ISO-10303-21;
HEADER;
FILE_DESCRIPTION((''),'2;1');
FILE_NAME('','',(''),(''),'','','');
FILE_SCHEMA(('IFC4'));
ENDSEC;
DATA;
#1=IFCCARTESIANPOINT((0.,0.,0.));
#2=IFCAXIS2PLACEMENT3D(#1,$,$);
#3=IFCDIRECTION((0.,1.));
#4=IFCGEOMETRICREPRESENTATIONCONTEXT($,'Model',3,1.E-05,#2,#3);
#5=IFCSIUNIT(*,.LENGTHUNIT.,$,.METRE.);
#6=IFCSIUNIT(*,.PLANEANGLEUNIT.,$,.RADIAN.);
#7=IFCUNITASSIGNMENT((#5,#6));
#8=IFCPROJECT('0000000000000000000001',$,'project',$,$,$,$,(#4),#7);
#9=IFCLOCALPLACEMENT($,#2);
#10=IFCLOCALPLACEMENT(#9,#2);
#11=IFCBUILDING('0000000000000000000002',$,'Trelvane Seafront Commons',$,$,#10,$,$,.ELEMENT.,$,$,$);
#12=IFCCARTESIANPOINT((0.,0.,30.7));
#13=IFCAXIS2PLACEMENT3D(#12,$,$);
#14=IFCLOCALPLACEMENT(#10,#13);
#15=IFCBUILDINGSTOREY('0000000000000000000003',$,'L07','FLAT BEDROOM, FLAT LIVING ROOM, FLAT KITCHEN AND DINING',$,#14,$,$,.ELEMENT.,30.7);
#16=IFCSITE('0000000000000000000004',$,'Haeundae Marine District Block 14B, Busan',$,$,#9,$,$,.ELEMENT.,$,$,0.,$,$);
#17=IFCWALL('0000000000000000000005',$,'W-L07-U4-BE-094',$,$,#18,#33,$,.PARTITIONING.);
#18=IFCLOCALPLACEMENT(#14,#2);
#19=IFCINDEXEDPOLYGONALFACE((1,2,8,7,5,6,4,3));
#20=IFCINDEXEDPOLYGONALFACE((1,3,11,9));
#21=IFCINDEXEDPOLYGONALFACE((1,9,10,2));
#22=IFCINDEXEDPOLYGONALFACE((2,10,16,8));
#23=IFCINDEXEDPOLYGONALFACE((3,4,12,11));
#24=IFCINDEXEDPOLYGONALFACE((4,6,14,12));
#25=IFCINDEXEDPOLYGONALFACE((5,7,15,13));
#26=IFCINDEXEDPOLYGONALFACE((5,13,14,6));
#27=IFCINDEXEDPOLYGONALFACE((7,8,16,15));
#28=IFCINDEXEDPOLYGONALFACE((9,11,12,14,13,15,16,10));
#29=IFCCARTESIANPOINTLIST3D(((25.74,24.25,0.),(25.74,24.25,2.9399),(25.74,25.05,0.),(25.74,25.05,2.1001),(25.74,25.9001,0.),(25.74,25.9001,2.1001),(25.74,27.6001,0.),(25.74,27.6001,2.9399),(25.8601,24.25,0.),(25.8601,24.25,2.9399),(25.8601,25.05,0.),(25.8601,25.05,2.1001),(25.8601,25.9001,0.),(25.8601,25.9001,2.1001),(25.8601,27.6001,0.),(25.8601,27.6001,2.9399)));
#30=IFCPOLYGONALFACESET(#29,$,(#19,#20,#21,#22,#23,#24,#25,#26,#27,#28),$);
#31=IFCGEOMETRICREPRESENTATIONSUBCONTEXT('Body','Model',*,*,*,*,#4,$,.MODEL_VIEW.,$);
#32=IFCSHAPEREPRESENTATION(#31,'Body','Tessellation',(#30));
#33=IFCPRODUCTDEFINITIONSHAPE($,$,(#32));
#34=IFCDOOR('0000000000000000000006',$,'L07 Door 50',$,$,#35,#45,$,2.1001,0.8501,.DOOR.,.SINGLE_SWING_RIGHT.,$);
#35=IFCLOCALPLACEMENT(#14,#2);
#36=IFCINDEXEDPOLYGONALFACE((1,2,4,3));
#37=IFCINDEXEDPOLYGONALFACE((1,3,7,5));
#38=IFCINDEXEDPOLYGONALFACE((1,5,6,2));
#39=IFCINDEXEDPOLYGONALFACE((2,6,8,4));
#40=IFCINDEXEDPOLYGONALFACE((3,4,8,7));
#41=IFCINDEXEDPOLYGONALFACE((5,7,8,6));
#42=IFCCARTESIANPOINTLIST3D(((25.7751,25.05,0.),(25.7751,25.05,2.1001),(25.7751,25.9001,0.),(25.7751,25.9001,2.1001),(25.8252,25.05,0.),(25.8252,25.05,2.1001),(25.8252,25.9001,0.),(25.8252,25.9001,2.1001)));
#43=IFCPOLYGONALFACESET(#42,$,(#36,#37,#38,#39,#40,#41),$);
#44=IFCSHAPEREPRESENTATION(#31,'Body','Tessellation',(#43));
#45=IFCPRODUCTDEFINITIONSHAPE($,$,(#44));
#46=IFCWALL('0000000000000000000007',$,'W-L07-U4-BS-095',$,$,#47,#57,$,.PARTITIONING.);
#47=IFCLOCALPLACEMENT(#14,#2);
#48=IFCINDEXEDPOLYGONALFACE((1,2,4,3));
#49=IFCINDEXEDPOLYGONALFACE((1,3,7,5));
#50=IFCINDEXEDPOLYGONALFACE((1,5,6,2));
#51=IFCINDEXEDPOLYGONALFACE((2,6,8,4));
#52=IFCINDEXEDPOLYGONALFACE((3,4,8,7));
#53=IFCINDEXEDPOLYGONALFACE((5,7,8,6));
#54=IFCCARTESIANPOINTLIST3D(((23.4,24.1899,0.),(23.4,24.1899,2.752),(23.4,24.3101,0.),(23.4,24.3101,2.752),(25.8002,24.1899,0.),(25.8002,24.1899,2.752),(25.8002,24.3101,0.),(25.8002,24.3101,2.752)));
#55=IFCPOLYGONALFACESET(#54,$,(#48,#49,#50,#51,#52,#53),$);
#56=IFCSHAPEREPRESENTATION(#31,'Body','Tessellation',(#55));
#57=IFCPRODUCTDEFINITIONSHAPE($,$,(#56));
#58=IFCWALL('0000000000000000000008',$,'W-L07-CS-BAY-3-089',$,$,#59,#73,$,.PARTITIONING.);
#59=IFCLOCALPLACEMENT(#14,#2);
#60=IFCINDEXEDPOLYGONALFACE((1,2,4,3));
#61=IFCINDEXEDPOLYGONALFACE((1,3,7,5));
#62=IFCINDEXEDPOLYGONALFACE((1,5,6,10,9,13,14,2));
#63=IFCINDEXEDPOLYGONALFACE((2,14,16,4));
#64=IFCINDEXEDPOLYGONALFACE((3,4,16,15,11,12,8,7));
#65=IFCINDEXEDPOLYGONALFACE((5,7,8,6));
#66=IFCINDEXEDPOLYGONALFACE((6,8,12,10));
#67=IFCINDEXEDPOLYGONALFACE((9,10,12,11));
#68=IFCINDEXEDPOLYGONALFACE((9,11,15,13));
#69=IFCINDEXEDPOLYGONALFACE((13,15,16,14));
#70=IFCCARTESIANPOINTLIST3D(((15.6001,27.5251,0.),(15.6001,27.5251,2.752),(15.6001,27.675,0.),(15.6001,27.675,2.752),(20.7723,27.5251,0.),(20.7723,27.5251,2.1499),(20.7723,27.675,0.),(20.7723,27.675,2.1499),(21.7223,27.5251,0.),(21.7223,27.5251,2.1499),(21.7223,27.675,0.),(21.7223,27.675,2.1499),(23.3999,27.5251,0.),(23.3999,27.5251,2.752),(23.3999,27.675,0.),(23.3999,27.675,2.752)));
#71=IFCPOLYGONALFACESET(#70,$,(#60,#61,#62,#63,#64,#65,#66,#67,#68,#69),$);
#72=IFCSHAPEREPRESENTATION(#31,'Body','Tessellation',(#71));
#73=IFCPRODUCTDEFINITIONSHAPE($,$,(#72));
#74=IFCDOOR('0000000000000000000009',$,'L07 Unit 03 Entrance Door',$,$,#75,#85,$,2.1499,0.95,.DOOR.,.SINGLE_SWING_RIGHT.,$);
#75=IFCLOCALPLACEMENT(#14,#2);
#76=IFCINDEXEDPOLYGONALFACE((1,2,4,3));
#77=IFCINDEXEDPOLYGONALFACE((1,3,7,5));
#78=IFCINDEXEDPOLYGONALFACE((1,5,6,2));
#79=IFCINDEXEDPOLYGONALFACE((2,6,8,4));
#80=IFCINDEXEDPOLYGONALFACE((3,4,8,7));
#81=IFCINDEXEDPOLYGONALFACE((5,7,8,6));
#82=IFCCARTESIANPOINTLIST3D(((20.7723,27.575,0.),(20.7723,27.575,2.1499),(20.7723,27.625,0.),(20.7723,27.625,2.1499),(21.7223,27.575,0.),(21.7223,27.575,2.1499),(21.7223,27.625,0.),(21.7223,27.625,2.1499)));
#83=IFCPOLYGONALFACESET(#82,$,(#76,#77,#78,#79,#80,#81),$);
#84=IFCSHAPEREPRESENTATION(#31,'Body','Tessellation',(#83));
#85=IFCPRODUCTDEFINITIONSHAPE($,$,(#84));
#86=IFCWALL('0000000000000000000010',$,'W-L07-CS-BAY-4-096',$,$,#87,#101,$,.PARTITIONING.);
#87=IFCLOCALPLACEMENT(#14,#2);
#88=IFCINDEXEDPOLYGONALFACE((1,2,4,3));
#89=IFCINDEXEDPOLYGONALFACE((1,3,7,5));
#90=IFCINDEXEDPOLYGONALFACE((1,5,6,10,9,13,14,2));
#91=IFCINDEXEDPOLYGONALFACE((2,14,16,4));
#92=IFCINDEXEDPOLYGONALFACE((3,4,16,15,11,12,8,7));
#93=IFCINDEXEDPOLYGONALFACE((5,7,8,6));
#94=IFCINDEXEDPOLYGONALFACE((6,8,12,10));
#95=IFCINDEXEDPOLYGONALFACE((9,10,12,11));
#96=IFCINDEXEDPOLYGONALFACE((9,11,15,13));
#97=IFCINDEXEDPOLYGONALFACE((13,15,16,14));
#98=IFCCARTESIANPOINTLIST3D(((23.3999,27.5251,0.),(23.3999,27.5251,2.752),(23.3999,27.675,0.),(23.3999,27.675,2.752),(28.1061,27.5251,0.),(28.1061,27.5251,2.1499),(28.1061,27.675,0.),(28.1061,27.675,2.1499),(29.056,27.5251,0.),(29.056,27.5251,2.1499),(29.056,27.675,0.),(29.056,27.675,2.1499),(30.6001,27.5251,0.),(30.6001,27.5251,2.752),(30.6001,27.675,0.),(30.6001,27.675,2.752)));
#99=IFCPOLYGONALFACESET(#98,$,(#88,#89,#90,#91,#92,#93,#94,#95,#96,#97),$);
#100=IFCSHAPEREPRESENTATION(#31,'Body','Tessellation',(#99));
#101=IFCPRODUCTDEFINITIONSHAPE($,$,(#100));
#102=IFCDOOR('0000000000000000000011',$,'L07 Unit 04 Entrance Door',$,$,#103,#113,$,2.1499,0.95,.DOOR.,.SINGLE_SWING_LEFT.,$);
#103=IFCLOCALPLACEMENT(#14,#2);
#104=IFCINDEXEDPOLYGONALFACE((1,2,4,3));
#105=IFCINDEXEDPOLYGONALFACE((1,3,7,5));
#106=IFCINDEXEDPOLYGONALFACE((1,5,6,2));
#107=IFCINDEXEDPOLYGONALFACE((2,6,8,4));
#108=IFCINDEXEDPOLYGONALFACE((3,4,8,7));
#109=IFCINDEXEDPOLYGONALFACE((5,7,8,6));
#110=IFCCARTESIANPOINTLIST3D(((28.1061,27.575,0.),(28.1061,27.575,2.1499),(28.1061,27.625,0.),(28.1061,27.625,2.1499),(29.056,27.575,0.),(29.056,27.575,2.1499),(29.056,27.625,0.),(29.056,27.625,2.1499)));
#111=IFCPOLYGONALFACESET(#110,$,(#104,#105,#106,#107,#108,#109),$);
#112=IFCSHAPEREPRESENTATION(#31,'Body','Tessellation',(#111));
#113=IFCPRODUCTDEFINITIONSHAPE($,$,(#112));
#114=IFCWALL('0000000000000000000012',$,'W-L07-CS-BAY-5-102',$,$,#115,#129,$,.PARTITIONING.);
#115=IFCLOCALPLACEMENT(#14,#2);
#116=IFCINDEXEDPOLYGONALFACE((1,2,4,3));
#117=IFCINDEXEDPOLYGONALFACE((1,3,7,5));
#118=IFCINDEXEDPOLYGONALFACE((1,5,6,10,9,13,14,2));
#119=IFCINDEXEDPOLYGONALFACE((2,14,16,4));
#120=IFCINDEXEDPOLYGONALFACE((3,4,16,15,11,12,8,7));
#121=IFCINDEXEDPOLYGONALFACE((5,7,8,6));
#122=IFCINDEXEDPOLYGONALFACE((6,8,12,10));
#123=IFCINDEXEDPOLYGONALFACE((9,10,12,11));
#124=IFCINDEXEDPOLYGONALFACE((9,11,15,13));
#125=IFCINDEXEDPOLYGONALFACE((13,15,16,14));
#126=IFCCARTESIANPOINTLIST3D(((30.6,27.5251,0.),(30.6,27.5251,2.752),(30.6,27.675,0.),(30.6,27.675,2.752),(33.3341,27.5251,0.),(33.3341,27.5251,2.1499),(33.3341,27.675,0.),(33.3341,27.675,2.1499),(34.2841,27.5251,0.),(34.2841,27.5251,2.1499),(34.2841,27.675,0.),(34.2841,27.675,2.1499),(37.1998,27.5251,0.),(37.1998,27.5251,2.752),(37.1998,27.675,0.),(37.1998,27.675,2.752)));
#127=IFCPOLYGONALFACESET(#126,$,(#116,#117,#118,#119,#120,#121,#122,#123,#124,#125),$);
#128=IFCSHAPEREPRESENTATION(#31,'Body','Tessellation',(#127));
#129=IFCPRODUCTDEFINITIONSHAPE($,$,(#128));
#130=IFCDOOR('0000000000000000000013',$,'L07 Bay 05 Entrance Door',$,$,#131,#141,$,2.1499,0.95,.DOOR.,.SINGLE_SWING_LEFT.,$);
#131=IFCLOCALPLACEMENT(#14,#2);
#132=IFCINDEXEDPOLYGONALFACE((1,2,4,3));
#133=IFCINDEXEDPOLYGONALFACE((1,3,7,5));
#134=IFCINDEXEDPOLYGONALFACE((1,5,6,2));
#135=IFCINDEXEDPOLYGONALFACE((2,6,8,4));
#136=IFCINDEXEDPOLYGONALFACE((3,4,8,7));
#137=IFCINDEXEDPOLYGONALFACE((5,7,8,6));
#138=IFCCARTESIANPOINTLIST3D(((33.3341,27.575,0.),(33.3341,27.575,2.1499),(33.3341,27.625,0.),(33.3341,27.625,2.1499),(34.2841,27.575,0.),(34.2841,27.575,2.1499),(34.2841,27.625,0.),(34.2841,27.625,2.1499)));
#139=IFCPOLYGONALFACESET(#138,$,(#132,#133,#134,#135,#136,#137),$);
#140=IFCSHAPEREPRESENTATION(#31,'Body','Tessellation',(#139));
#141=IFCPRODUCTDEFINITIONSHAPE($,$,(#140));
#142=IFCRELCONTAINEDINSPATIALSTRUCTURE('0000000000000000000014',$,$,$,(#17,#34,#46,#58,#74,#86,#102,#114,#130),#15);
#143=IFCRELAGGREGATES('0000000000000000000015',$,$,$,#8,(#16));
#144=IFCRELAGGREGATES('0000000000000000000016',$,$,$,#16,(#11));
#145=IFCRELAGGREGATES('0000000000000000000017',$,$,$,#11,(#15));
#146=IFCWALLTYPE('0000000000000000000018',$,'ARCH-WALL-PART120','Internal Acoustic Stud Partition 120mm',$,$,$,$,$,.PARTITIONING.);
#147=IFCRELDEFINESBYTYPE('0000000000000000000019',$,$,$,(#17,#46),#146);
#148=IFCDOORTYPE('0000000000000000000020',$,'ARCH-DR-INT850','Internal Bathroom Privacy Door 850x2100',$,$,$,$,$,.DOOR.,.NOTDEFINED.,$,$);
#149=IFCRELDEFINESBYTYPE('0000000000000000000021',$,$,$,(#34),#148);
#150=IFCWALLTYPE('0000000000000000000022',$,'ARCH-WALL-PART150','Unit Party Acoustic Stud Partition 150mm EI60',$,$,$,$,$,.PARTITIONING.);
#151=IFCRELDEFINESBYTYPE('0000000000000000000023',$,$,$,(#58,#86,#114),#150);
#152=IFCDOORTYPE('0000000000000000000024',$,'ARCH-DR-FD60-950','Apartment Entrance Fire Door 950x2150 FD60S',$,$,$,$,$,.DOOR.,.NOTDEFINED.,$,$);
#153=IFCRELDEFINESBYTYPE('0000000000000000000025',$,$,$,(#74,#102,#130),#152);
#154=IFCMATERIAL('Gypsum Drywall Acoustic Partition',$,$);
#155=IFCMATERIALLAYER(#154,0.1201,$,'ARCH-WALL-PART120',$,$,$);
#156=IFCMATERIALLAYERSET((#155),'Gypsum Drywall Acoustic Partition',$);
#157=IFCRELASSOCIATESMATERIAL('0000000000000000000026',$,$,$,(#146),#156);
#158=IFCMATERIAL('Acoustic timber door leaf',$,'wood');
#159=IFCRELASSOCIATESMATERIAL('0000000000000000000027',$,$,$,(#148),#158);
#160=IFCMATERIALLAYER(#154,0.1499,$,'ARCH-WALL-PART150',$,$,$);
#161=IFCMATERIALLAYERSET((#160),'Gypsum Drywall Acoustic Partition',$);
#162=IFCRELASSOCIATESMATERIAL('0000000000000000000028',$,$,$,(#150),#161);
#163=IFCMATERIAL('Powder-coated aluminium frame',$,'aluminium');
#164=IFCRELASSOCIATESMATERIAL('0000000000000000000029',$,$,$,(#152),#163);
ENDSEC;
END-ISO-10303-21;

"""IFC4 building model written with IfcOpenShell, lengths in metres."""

from ifc_helpers import new_model, si_unit, direction, frame, frame_2d, origin, place, context, subcontext, project, spatial, rectangle, extrude, source, transform, mapped, material, layer, layer_set, type_object, element, fill, save


model = new_model("IFC4")

# Units and contexts
model_context = context("Model", 3, precision=1e-05, world=origin(), true_north=direction((0.0, 1.0)))
body_context = subcontext(model_context, "Body", "Model", "MODEL_VIEW")
ifc_project = project(units=[si_unit("LENGTHUNIT", "METRE"), si_unit("PLANEANGLEUNIT", "RADIAN")], contexts=[model_context])

# Site, building, storey
site_placement = place(None, origin())
site = spatial("IfcSite", under=ifc_project, at=site_placement, Name="Haeundae Marine District Block 14B, Busan", CompositionType="ELEMENT", RefElevation=0.0)
building_placement = place(site_placement, origin())
building = spatial("IfcBuilding", under=site, at=building_placement, Name="Trelvane Seafront Commons", CompositionType="ELEMENT")
storey_placement = place(building_placement, frame((0.0, 0.0, 30.7)))
storey = spatial("IfcBuildingStorey", under=building, at=storey_placement, Name="L07", Description="FLAT BEDROOM, FLAT LIVING ROOM, FLAT KITCHEN AND DINING", CompositionType="ELEMENT", Elevation=30.7)

# Shared definitions
ifc_material_1 = material(Name="Gypsum Drywall Acoustic Partition")
ifc_layer_1 = layer(ifc_material_1, 0.1201, Name="ARCH-WALL-PART120")
ifc_layer_set_1 = layer_set([ifc_layer_1], Name="Gypsum Drywall Acoustic Partition")
wall_type_1 = type_object("IfcWallType", Name="ARCH-WALL-PART120", Description="Internal Acoustic Stud Partition 120mm", PredefinedType="PARTITIONING", material=ifc_layer_set_1)
ifc_material_2 = material(Name="Acoustic timber door leaf", Category="wood")
shared_shape_1 = source(origin(), body_context, "Body", "SweptSolid", [
    extrude(rectangle(XDim=0.95, YDim=2.1499, at=frame_2d((0.4751, 1.075))), frame((0.0, 0.0249, 0.0), z_axis=(0.0, -1.0, 0.0), x_axis=(1.0, 0.0, 0.0)), (0.0, 0.0, 1.0), 0.05),
])

# Wall, opening, door
door_type_1 = type_object("IfcDoorType", Name="ARCH-DR-INT850", Description="Internal Bathroom Privacy Door 850x2100", OperationType="NOTDEFINED", PredefinedType="DOOR", material=ifc_material_2)
shared_shape_2 = source(origin(), body_context, "Body", "SweptSolid", [
    extrude(rectangle(XDim=0.8501, YDim=2.1001, at=frame_2d((0.425, 1.05))), frame((0.0, 0.0249, 0.0), z_axis=(0.0, -1.0, 0.0), x_axis=(1.0, 0.0, 0.0)), (0.0, 0.0, 1.0), 0.05),
])
wall_1_placement = place(storey_placement, frame((25.8, 24.25, 0.0), z_axis=(0.0, 0.0, 1.0), x_axis=(0.0, 1.0, 0.0)))
wall_1 = element("IfcWall", 1, at=wall_1_placement, inside=storey, type_object=wall_type_1, Name="W-L07-U4-BE-094", PredefinedType="PARTITIONING", context=body_context, shape_type="SweptSolid", body=[
    extrude(rectangle(XDim=3.3501, YDim=0.1201, at=frame_2d((1.675, 0.0))), origin(), (0.0, 0.0, 1.0), 2.9399),
])
opening_1_placement = place(wall_1_placement, frame((0.8, 0.0, 0.0)))
opening_1 = element("IfcOpeningElement", 2, at=opening_1_placement, cuts=wall_1, PredefinedType="OPENING", context=body_context, shape_type="SweptSolid", body=[
    extrude(rectangle(XDim=0.8501, YDim=2.1001, at=frame_2d((0.425, 1.05))), frame((0.0, 0.0701, 0.0), z_axis=(0.0, -1.0, 0.0), x_axis=(1.0, 0.0, 0.0)), (0.0, 0.0, 1.0), 0.1401),
])
door_1_placement = place(opening_1_placement, origin())
door_1 = element("IfcDoor", 3, at=door_1_placement, inside=storey, type_object=door_type_1, Name="L07 Door 50", OperationType="SINGLE_SWING_RIGHT", OverallHeight=2.1001, OverallWidth=0.8501, PredefinedType="DOOR", context=body_context, shape_type="MappedRepresentation", body=[
    mapped(shared_shape_2, transform((0.0, 0.0, 0.0), x_axis=(1.0, 0.0, 0.0), y_axis=(0.0, 1.0, 0.0), z_axis=(0.0, 0.0, 1.0), scale=1.0)),
])
fill(opening_1, door_1)

# Wall
wall_2_placement = place(storey_placement, frame((23.3999, 24.25, 0.0), z_axis=(0.0, 0.0, 1.0), x_axis=(1.0, 0.0, 0.0)))
element("IfcWall", 4, at=wall_2_placement, inside=storey, type_object=wall_type_1, Name="W-L07-U4-BS-095", PredefinedType="PARTITIONING", context=body_context, shape_type="SweptSolid", body=[
    extrude(rectangle(XDim=2.4001, YDim=0.1201, at=frame_2d((1.2002, 0.0))), origin(), (0.0, 0.0, 1.0), 2.752),
])

# Walls, openings, doors
ifc_layer_2 = layer(ifc_material_1, 0.1499, Name="ARCH-WALL-PART150")
ifc_layer_set_2 = layer_set([ifc_layer_2], Name="Gypsum Drywall Acoustic Partition")
wall_type_2 = type_object("IfcWallType", Name="ARCH-WALL-PART150", Description="Unit Party Acoustic Stud Partition 150mm EI60", PredefinedType="PARTITIONING", material=ifc_layer_set_2)
wall_3_placement = place(storey_placement, frame((15.6001, 27.6001, 0.0), z_axis=(0.0, 0.0, 1.0), x_axis=(1.0, 0.0, 0.0)))
wall_3 = element("IfcWall", 5, at=wall_3_placement, inside=storey, type_object=wall_type_2, Name="W-L07-CS-BAY-3-089", PredefinedType="PARTITIONING", context=body_context, shape_type="SweptSolid", body=[
    extrude(rectangle(XDim=7.7998, YDim=0.1499, at=frame_2d((3.8999, 0.0))), origin(), (0.0, 0.0, 1.0), 2.752),
])
opening_2_placement = place(wall_3_placement, frame((5.1721, 0.0, 0.0)))
opening_2 = element("IfcOpeningElement", 6, at=opening_2_placement, cuts=wall_3, PredefinedType="OPENING", context=body_context, shape_type="SweptSolid", body=[
    extrude(rectangle(XDim=0.95, YDim=2.1499, at=frame_2d((0.4751, 1.075))), frame((0.0, 0.085, 0.0), z_axis=(0.0, -1.0, 0.0), x_axis=(1.0, 0.0, 0.0)), (0.0, 0.0, 1.0), 0.1699),
])
ifc_material_3 = material(Name="Powder-coated aluminium frame", Category="aluminium")
door_type_2 = type_object("IfcDoorType", Name="ARCH-DR-FD60-950", Description="Apartment Entrance Fire Door 950x2150 FD60S", OperationType="NOTDEFINED", PredefinedType="DOOR", material=ifc_material_3)
door_2_placement = place(opening_2_placement, origin())
door_2 = element("IfcDoor", 7, at=door_2_placement, inside=storey, type_object=door_type_2, Name="L07 Unit 03 Entrance Door", OperationType="SINGLE_SWING_RIGHT", OverallHeight=2.1499, OverallWidth=0.95, PredefinedType="DOOR", context=body_context, shape_type="MappedRepresentation", body=[
    mapped(shared_shape_1, transform((0.0, 0.0, 0.0), x_axis=(1.0, 0.0, 0.0), y_axis=(0.0, 1.0, 0.0), z_axis=(0.0, 0.0, 1.0), scale=1.0)),
])
fill(opening_2, door_2)
wall_4_placement = place(storey_placement, frame((23.3999, 27.6001, 0.0), z_axis=(0.0, 0.0, 1.0), x_axis=(1.0, 0.0, 0.0)))
wall_4 = element("IfcWall", 8, at=wall_4_placement, inside=storey, type_object=wall_type_2, Name="W-L07-CS-BAY-4-096", PredefinedType="PARTITIONING", context=body_context, shape_type="SweptSolid", body=[
    extrude(rectangle(XDim=7.2002, YDim=0.1499, at=frame_2d((3.6001, 0.0))), origin(), (0.0, 0.0, 1.0), 2.752),
])
opening_3_placement = place(wall_4_placement, frame((4.7061, 0.0, 0.0)))
opening_3 = element("IfcOpeningElement", 9, at=opening_3_placement, cuts=wall_4, PredefinedType="OPENING", context=body_context, shape_type="SweptSolid", body=[
    extrude(rectangle(XDim=0.95, YDim=2.1499, at=frame_2d((0.4751, 1.075))), frame((0.0, 0.085, 0.0), z_axis=(0.0, -1.0, 0.0), x_axis=(1.0, 0.0, 0.0)), (0.0, 0.0, 1.0), 0.1699),
])
door_3_placement = place(opening_3_placement, origin())
door_3 = element("IfcDoor", 10, at=door_3_placement, inside=storey, type_object=door_type_2, Name="L07 Unit 04 Entrance Door", OperationType="SINGLE_SWING_LEFT", OverallHeight=2.1499, OverallWidth=0.95, PredefinedType="DOOR", context=body_context, shape_type="MappedRepresentation", body=[
    mapped(shared_shape_1, transform((0.0, 0.0, 0.0), x_axis=(1.0, 0.0, 0.0), y_axis=(0.0, 1.0, 0.0), z_axis=(0.0, 0.0, 1.0), scale=1.0)),
])
fill(opening_3, door_3)
wall_5_placement = place(storey_placement, frame((30.6001, 27.6001, 0.0), z_axis=(0.0, 0.0, 1.0), x_axis=(1.0, 0.0, 0.0)))
wall_5 = element("IfcWall", 11, at=wall_5_placement, inside=storey, type_object=wall_type_2, Name="W-L07-CS-BAY-5-102", PredefinedType="PARTITIONING", context=body_context, shape_type="SweptSolid", body=[
    extrude(rectangle(XDim=6.5999, YDim=0.1499, at=frame_2d((3.2998, 0.0))), origin(), (0.0, 0.0, 1.0), 2.752),
])
opening_4_placement = place(wall_5_placement, frame((2.7339, 0.0, 0.0)))
opening_4 = element("IfcOpeningElement", 12, at=opening_4_placement, cuts=wall_5, PredefinedType="OPENING", context=body_context, shape_type="SweptSolid", body=[
    extrude(rectangle(XDim=0.95, YDim=2.1499, at=frame_2d((0.4751, 1.075))), frame((0.0, 0.085, 0.0), z_axis=(0.0, -1.0, 0.0), x_axis=(1.0, 0.0, 0.0)), (0.0, 0.0, 1.0), 0.1699),
])
door_4_placement = place(opening_4_placement, origin())
door_4 = element("IfcDoor", 13, at=door_4_placement, inside=storey, type_object=door_type_2, Name="L07 Bay 05 Entrance Door", OperationType="SINGLE_SWING_LEFT", OverallHeight=2.1499, OverallWidth=0.95, PredefinedType="DOOR", context=body_context, shape_type="MappedRepresentation", body=[
    mapped(shared_shape_1, transform((0.0, 0.0, 0.0), x_axis=(1.0, 0.0, 0.0), y_axis=(0.0, 1.0, 0.0), z_axis=(0.0, 0.0, 1.0), scale=1.0)),
])
fill(opening_4, door_4)

save(model, "model.ifc")
